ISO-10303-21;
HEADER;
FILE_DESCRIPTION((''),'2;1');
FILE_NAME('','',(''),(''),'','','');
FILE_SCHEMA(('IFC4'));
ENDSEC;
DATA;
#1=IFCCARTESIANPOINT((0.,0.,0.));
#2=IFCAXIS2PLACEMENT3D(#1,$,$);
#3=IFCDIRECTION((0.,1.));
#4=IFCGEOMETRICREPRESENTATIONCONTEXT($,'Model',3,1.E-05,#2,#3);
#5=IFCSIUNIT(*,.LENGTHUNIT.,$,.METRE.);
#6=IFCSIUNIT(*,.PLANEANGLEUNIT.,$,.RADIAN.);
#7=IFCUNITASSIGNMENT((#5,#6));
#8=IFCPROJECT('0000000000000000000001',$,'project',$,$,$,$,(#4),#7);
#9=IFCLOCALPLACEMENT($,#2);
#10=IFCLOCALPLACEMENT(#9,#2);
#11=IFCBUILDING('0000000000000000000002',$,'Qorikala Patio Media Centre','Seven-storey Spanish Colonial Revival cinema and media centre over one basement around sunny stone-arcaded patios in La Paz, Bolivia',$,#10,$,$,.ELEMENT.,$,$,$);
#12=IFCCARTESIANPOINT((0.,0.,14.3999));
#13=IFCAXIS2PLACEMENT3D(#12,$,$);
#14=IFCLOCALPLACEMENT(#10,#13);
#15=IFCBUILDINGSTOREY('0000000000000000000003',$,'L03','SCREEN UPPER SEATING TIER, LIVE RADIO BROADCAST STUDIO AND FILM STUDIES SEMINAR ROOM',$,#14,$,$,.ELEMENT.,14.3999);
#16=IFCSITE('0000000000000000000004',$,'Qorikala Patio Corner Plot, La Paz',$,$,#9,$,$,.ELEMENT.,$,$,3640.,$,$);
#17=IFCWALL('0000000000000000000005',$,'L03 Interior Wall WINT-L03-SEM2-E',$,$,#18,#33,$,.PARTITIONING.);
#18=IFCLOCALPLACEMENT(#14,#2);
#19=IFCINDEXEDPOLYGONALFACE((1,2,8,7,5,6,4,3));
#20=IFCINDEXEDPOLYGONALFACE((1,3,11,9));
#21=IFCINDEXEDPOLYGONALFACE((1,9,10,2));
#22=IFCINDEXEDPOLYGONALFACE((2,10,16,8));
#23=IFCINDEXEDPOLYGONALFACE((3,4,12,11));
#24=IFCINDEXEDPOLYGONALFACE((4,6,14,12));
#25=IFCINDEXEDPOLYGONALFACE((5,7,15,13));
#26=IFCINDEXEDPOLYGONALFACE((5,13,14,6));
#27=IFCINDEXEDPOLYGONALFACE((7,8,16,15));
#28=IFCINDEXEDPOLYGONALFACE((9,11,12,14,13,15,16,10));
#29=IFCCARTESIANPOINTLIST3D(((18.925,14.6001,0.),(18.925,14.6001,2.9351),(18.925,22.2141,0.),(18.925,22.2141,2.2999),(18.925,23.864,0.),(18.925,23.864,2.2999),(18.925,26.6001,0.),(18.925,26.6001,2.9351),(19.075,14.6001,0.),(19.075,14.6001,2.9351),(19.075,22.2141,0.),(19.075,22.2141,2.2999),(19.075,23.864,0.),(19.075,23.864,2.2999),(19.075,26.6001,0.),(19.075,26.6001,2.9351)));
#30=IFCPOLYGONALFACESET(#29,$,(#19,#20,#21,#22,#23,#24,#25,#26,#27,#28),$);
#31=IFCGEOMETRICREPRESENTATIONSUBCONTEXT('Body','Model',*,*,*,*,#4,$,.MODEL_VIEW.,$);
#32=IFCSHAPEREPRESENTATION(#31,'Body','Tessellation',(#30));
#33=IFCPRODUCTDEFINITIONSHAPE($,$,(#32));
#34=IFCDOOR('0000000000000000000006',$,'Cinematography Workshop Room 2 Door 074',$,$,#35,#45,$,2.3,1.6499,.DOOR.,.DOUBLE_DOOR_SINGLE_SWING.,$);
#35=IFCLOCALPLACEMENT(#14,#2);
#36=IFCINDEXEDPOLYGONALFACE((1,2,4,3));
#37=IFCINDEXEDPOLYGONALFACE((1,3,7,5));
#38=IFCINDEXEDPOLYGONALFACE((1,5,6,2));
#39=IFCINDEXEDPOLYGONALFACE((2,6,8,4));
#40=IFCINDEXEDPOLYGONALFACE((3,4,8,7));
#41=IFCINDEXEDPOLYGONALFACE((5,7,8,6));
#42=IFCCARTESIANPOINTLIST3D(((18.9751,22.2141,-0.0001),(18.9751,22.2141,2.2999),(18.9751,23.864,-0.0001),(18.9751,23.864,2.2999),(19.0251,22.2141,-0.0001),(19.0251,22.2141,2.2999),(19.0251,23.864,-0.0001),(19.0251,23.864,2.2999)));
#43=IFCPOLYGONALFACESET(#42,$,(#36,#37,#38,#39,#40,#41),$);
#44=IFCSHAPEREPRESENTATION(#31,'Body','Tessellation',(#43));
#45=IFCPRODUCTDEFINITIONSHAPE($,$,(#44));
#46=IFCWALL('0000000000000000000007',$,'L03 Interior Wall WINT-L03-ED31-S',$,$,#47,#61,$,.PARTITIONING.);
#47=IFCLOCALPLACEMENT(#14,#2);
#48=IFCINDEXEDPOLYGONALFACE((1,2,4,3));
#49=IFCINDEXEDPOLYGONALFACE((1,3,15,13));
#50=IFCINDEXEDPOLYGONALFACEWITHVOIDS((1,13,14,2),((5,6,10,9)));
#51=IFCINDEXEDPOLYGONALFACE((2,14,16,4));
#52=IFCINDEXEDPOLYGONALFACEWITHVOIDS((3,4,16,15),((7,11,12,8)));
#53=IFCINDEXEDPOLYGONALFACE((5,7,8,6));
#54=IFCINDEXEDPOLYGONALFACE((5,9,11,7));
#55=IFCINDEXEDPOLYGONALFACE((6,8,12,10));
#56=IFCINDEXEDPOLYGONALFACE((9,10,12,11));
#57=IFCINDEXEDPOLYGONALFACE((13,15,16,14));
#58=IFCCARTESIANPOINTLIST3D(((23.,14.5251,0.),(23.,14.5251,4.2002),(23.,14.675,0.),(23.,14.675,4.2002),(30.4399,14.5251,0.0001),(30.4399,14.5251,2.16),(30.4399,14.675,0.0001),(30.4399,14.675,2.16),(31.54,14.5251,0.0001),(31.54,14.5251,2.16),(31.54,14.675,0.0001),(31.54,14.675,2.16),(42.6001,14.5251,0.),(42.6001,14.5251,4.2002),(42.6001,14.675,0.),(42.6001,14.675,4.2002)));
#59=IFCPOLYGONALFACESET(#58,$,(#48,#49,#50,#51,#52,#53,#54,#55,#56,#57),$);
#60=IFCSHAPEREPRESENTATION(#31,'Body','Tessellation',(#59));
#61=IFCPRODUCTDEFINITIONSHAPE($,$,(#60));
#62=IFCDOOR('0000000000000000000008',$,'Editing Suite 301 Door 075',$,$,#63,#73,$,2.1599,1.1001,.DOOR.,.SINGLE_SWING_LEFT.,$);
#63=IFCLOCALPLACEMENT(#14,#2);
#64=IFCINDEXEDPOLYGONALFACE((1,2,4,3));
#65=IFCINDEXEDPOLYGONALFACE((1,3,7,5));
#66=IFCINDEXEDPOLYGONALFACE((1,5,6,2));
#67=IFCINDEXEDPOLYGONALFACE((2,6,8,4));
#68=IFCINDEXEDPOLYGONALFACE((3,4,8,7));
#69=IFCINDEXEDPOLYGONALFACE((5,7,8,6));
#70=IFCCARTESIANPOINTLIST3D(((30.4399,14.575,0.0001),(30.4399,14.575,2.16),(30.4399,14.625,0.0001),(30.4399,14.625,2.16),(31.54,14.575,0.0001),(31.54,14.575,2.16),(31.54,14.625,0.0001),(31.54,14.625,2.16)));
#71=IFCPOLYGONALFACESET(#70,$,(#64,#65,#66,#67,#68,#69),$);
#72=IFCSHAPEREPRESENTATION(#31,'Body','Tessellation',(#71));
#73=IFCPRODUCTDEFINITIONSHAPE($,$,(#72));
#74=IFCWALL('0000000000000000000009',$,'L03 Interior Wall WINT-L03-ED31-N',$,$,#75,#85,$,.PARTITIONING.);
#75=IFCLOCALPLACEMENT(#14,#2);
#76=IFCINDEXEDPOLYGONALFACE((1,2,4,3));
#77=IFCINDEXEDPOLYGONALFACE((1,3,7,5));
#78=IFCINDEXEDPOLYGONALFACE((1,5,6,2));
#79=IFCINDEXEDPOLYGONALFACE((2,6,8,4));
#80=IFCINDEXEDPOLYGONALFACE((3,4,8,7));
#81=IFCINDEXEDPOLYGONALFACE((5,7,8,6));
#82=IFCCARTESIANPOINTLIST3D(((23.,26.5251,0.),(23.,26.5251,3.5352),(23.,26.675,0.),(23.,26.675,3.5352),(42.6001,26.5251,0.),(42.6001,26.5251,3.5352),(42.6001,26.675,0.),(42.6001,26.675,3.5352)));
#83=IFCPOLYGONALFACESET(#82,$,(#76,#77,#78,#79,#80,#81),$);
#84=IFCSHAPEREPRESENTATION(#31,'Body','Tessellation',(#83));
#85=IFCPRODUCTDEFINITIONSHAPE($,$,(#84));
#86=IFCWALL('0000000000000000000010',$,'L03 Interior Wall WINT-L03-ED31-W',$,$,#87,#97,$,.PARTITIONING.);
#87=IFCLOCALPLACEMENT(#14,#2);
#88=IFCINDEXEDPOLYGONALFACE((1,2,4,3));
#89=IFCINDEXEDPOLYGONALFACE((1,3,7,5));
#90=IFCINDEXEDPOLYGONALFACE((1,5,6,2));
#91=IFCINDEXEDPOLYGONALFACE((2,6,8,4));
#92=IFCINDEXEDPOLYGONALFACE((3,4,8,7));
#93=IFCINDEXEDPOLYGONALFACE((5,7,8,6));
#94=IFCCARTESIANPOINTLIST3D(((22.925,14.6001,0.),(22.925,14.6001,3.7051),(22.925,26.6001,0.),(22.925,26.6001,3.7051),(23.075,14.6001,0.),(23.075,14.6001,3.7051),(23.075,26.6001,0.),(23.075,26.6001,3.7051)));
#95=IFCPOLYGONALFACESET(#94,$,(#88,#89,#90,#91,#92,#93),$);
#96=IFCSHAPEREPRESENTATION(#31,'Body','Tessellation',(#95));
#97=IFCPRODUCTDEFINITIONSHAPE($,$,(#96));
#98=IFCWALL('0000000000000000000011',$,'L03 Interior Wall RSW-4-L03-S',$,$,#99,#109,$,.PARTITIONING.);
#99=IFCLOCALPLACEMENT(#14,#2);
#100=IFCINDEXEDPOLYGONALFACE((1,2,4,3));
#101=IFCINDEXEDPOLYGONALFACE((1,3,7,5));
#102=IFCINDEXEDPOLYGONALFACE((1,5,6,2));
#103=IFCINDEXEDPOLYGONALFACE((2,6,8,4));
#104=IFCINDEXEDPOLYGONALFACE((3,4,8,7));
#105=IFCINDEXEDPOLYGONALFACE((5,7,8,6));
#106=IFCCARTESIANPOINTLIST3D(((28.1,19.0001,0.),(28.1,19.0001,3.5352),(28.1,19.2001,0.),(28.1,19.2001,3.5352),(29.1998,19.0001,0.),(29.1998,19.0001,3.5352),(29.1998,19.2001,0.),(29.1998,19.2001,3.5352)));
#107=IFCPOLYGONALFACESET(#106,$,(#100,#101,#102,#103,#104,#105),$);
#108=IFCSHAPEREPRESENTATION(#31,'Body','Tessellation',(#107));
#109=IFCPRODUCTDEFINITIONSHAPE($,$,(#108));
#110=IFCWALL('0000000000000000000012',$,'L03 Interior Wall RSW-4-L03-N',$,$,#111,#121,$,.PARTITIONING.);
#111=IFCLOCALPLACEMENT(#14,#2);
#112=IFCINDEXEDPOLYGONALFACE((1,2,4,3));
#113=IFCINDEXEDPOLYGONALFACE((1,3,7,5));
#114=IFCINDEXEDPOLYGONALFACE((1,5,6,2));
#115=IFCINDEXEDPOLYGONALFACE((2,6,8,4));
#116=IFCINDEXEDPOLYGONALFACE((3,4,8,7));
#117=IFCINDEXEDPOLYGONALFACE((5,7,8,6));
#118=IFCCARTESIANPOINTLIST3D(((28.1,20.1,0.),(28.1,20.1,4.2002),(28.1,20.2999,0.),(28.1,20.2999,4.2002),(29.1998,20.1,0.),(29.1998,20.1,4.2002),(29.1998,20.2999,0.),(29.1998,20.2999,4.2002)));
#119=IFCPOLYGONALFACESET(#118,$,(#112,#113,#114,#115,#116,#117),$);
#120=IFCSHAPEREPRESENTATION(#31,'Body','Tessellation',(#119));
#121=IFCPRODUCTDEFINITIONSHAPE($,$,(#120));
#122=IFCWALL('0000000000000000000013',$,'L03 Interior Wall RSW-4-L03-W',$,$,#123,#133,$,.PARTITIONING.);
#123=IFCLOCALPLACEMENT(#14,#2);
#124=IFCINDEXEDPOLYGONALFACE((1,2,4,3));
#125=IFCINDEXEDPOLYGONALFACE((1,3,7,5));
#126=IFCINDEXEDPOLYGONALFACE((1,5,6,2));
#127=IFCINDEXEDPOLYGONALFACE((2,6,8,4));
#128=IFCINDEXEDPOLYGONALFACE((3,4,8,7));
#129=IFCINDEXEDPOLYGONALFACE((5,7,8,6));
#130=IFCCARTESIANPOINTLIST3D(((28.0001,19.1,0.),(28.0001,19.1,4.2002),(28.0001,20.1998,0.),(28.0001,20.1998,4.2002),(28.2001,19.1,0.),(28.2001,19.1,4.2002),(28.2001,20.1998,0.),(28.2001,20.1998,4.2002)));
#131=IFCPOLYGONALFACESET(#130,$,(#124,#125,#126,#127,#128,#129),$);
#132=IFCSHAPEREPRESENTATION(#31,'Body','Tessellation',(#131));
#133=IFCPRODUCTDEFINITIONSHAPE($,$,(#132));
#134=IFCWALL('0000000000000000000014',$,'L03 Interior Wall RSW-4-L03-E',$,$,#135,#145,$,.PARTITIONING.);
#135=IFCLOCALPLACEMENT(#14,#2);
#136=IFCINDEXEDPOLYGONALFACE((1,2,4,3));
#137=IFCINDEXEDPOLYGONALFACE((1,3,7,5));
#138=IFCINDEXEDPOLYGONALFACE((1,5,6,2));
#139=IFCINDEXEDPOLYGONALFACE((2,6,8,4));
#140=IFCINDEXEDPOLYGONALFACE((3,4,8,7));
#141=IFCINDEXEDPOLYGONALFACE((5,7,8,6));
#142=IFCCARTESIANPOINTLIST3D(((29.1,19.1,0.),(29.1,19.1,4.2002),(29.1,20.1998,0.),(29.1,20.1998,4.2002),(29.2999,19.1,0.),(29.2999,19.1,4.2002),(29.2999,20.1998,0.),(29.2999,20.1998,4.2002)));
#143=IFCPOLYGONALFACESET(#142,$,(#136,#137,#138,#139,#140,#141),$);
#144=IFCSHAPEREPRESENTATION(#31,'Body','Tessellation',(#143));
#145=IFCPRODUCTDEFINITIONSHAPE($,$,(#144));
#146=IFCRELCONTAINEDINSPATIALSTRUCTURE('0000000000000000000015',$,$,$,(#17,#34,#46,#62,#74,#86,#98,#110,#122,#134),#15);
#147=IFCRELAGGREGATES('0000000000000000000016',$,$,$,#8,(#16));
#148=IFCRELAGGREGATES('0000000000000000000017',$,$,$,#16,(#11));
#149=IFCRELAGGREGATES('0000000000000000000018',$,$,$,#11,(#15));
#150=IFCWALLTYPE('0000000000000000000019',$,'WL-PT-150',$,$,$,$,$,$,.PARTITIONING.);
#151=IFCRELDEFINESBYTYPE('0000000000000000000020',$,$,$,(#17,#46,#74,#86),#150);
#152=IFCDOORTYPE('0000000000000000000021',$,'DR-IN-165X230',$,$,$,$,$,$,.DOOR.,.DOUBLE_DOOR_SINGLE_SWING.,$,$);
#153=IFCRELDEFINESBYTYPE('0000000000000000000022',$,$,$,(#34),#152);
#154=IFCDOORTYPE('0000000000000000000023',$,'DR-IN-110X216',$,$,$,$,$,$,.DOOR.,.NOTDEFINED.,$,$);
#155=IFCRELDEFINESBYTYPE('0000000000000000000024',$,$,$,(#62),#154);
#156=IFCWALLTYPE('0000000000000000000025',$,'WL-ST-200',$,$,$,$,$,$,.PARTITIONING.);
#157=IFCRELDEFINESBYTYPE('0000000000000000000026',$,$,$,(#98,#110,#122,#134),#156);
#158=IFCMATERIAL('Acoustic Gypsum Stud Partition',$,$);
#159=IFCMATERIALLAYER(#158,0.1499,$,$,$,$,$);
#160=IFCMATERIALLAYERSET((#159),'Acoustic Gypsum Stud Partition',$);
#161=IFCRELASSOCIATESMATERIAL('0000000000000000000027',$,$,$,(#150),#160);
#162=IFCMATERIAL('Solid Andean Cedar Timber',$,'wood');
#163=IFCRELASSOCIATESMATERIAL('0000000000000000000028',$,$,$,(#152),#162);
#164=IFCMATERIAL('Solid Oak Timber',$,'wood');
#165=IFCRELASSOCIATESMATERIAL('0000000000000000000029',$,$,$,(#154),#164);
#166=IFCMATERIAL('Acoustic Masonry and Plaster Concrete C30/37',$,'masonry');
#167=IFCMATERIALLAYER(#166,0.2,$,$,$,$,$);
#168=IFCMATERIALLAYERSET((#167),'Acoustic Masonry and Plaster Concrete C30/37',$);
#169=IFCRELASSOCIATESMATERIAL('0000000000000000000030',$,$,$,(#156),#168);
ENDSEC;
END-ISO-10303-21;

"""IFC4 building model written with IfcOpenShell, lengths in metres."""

from ifc_helpers import new_model, si_unit, direction, frame, frame_2d, origin, place, context, subcontext, project, spatial, rectangle, extrude, material, layer, layer_set, type_object, element, fill, save


model = new_model("IFC4")

# Units and contexts
model_context = context("Model", 3, precision=1e-05, world=origin(), true_north=direction((0.0, 1.0)))
body_context = subcontext(model_context, "Body", "Model", "MODEL_VIEW")
ifc_project = project(units=[si_unit("LENGTHUNIT", "METRE"), si_unit("PLANEANGLEUNIT", "RADIAN")], contexts=[model_context])

# Site, building, storey
site_placement = place(None, origin())
site = spatial("IfcSite", under=ifc_project, at=site_placement, Name="Qorikala Patio Corner Plot, La Paz", CompositionType="ELEMENT", RefElevation=3640.0)
building_placement = place(site_placement, origin())
building = spatial("IfcBuilding", under=site, at=building_placement, Name="Qorikala Patio Media Centre", Description="Seven-storey Spanish Colonial Revival cinema and media centre over one basement around sunny stone-arcaded patios in La Paz, Bolivia", CompositionType="ELEMENT")
storey_placement = place(building_placement, frame((0.0, 0.0, 14.3999)))
storey = spatial("IfcBuildingStorey", under=building, at=storey_placement, Name="L03", Description="SCREEN UPPER SEATING TIER, LIVE RADIO BROADCAST STUDIO AND FILM STUDIES SEMINAR ROOM", CompositionType="ELEMENT", Elevation=14.3999)

# Walls, openings, doors
ifc_material_1 = material(Name="Acoustic Gypsum Stud Partition")
ifc_layer_1 = layer(ifc_material_1, 0.1499)
ifc_layer_set_1 = layer_set([ifc_layer_1], Name="Acoustic Gypsum Stud Partition")
wall_type_1 = type_object("IfcWallType", Name="WL-PT-150", PredefinedType="PARTITIONING", material=ifc_layer_set_1)
wall_1_placement = place(storey_placement, frame((19.0, 14.6001, 0.0), z_axis=(0.0, 0.0, 1.0), x_axis=(0.0, 1.0, 0.0)))
wall_1 = element("IfcWall", 1, at=wall_1_placement, inside=storey, type_object=wall_type_1, Name="L03 Interior Wall WINT-L03-SEM2-E", PredefinedType="PARTITIONING", context=body_context, shape_type="SweptSolid", body=[
    extrude(rectangle(XDim=12.0, YDim=0.1499, at=frame_2d((6.0, 0.0))), origin(), (0.0, 0.0, 1.0), 2.9351),
])
opening_1_placement = place(wall_1_placement, frame((7.614, 0.0, 0.0)))
opening_1 = element("IfcOpeningElement", 2, at=opening_1_placement, cuts=wall_1, PredefinedType="OPENING", context=body_context, shape_type="SweptSolid", body=[
    extrude(rectangle(XDim=1.6499, YDim=2.3, at=frame_2d((0.825, 1.1499))), frame((0.0, 0.085, 0.0), z_axis=(0.0, -1.0, 0.0), x_axis=(1.0, 0.0, 0.0)), (0.0, 0.0, 1.0), 0.1699),
])
ifc_material_2 = material(Name="Solid Andean Cedar Timber", Category="wood")
door_type_1 = type_object("IfcDoorType", Name="DR-IN-165X230", OperationType="DOUBLE_DOOR_SINGLE_SWING", PredefinedType="DOOR", material=ifc_material_2)
door_1_placement = place(opening_1_placement, origin())
door_1 = element("IfcDoor", 3, at=door_1_placement, inside=storey, type_object=door_type_1, Name="Cinematography Workshop Room 2 Door 074", OperationType="DOUBLE_DOOR_SINGLE_SWING", OverallHeight=2.3, OverallWidth=1.6499, PredefinedType="DOOR", context=body_context, shape_type="SweptSolid", body=[
    extrude(rectangle(XDim=1.6499, YDim=2.3, at=frame_2d((0.825, 1.1499))), frame((0.0, 0.0249, 0.0), z_axis=(0.0, -1.0, 0.0), x_axis=(1.0, 0.0, 0.0)), (0.0, 0.0, 1.0), 0.05),
])
fill(opening_1, door_1)
wall_2_placement = place(storey_placement, frame((23.0, 14.6001, 0.0), z_axis=(0.0, 0.0, 1.0), x_axis=(1.0, 0.0, 0.0)))
wall_2 = element("IfcWall", 4, at=wall_2_placement, inside=storey, type_object=wall_type_1, Name="L03 Interior Wall WINT-L03-ED31-S", PredefinedType="PARTITIONING", context=body_context, shape_type="SweptSolid", body=[
    extrude(rectangle(XDim=19.6001, YDim=0.1499, at=frame_2d((9.8, 0.0))), origin(), (0.0, 0.0, 1.0), 4.2002),
])
opening_2_placement = place(wall_2_placement, frame((7.4399, 0.0, 0.0)))
opening_2 = element("IfcOpeningElement", 5, at=opening_2_placement, cuts=wall_2, PredefinedType="OPENING", context=body_context, shape_type="SweptSolid", body=[
    extrude(rectangle(XDim=1.1001, YDim=2.1599, at=frame_2d((0.55, 1.0801))), frame((0.0, 0.085, 0.0), z_axis=(0.0, -1.0, 0.0), x_axis=(1.0, 0.0, 0.0)), (0.0, 0.0, 1.0), 0.1699),
])
ifc_material_3 = material(Name="Solid Oak Timber", Category="wood")
door_type_2 = type_object("IfcDoorType", Name="DR-IN-110X216", OperationType="NOTDEFINED", PredefinedType="DOOR", material=ifc_material_3)
door_2_placement = place(opening_2_placement, origin())
door_2 = element("IfcDoor", 6, at=door_2_placement, inside=storey, type_object=door_type_2, Name="Editing Suite 301 Door 075", OperationType="SINGLE_SWING_LEFT", OverallHeight=2.1599, OverallWidth=1.1001, PredefinedType="DOOR", context=body_context, shape_type="SweptSolid", body=[
    extrude(rectangle(XDim=1.1001, YDim=2.1599, at=frame_2d((0.55, 1.0801))), frame((0.0, 0.0249, 0.0), z_axis=(0.0, -1.0, 0.0), x_axis=(1.0, 0.0, 0.0)), (0.0, 0.0, 1.0), 0.05),
])
fill(opening_2, door_2)

# Walls
wall_3_placement = place(storey_placement, frame((23.0, 26.6001, 0.0), z_axis=(0.0, 0.0, 1.0), x_axis=(1.0, 0.0, 0.0)))
element("IfcWall", 7, at=wall_3_placement, inside=storey, type_object=wall_type_1, Name="L03 Interior Wall WINT-L03-ED31-N", PredefinedType="PARTITIONING", context=body_context, shape_type="SweptSolid", body=[
    extrude(rectangle(XDim=19.6001, YDim=0.1499, at=frame_2d((9.8, 0.0))), origin(), (0.0, 0.0, 1.0), 3.5352),
])
wall_4_placement = place(storey_placement, frame((23.0, 14.6001, 0.0), z_axis=(0.0, 0.0, 1.0), x_axis=(0.0, 1.0, 0.0)))
element("IfcWall", 8, at=wall_4_placement, inside=storey, type_object=wall_type_1, Name="L03 Interior Wall WINT-L03-ED31-W", PredefinedType="PARTITIONING", context=body_context, shape_type="SweptSolid", body=[
    extrude(rectangle(XDim=12.0, YDim=0.1499, at=frame_2d((6.0, 0.0))), origin(), (0.0, 0.0, 1.0), 3.7051),
])
ifc_material_4 = material(Name="Acoustic Masonry and Plaster Concrete C30/37", Category="masonry")
ifc_layer_2 = layer(ifc_material_4, 0.2)
ifc_layer_set_2 = layer_set([ifc_layer_2], Name="Acoustic Masonry and Plaster Concrete C30/37")
wall_type_2 = type_object("IfcWallType", Name="WL-ST-200", PredefinedType="PARTITIONING", material=ifc_layer_set_2)
wall_5_placement = place(storey_placement, frame((28.1001, 19.1001, 0.0), z_axis=(0.0, 0.0, 1.0), x_axis=(1.0, 0.0, 0.0)))
element("IfcWall", 9, at=wall_5_placement, inside=storey, type_object=wall_type_2, Name="L03 Interior Wall RSW-4-L03-S", PredefinedType="PARTITIONING", context=body_context, shape_type="SweptSolid", body=[
    extrude(rectangle(XDim=1.0999, YDim=0.2, at=frame_2d((0.5498, 0.0))), origin(), (0.0, 0.0, 1.0), 3.5352),
])
for number, where, z_axis, x_axis, name in (
    (10, (28.1001, 20.2, 0.0), (0.0, 0.0, 1.0), (1.0, 0.0, 0.0), "L03 Interior Wall RSW-4-L03-N"),
    (11, (28.1001, 19.1001, 0.0), (0.0, 0.0, 1.0), (0.0, 1.0, 0.0), "L03 Interior Wall RSW-4-L03-W"),
    (12, (29.2, 19.1001, 0.0), (0.0, 0.0, 1.0), (0.0, 1.0, 0.0), "L03 Interior Wall RSW-4-L03-E"),
):
    element("IfcWall", number, at=place(storey_placement, frame(where, z_axis=z_axis, x_axis=x_axis)), inside=storey, type_object=wall_type_2, Name=name, PredefinedType="PARTITIONING", context=body_context, shape_type="SweptSolid", body=[
        extrude(rectangle(XDim=1.0999, YDim=0.2, at=frame_2d((0.5498, 0.0))), origin(), (0.0, 0.0, 1.0), 4.2002),
    ])

save(model, "model.ifc")
